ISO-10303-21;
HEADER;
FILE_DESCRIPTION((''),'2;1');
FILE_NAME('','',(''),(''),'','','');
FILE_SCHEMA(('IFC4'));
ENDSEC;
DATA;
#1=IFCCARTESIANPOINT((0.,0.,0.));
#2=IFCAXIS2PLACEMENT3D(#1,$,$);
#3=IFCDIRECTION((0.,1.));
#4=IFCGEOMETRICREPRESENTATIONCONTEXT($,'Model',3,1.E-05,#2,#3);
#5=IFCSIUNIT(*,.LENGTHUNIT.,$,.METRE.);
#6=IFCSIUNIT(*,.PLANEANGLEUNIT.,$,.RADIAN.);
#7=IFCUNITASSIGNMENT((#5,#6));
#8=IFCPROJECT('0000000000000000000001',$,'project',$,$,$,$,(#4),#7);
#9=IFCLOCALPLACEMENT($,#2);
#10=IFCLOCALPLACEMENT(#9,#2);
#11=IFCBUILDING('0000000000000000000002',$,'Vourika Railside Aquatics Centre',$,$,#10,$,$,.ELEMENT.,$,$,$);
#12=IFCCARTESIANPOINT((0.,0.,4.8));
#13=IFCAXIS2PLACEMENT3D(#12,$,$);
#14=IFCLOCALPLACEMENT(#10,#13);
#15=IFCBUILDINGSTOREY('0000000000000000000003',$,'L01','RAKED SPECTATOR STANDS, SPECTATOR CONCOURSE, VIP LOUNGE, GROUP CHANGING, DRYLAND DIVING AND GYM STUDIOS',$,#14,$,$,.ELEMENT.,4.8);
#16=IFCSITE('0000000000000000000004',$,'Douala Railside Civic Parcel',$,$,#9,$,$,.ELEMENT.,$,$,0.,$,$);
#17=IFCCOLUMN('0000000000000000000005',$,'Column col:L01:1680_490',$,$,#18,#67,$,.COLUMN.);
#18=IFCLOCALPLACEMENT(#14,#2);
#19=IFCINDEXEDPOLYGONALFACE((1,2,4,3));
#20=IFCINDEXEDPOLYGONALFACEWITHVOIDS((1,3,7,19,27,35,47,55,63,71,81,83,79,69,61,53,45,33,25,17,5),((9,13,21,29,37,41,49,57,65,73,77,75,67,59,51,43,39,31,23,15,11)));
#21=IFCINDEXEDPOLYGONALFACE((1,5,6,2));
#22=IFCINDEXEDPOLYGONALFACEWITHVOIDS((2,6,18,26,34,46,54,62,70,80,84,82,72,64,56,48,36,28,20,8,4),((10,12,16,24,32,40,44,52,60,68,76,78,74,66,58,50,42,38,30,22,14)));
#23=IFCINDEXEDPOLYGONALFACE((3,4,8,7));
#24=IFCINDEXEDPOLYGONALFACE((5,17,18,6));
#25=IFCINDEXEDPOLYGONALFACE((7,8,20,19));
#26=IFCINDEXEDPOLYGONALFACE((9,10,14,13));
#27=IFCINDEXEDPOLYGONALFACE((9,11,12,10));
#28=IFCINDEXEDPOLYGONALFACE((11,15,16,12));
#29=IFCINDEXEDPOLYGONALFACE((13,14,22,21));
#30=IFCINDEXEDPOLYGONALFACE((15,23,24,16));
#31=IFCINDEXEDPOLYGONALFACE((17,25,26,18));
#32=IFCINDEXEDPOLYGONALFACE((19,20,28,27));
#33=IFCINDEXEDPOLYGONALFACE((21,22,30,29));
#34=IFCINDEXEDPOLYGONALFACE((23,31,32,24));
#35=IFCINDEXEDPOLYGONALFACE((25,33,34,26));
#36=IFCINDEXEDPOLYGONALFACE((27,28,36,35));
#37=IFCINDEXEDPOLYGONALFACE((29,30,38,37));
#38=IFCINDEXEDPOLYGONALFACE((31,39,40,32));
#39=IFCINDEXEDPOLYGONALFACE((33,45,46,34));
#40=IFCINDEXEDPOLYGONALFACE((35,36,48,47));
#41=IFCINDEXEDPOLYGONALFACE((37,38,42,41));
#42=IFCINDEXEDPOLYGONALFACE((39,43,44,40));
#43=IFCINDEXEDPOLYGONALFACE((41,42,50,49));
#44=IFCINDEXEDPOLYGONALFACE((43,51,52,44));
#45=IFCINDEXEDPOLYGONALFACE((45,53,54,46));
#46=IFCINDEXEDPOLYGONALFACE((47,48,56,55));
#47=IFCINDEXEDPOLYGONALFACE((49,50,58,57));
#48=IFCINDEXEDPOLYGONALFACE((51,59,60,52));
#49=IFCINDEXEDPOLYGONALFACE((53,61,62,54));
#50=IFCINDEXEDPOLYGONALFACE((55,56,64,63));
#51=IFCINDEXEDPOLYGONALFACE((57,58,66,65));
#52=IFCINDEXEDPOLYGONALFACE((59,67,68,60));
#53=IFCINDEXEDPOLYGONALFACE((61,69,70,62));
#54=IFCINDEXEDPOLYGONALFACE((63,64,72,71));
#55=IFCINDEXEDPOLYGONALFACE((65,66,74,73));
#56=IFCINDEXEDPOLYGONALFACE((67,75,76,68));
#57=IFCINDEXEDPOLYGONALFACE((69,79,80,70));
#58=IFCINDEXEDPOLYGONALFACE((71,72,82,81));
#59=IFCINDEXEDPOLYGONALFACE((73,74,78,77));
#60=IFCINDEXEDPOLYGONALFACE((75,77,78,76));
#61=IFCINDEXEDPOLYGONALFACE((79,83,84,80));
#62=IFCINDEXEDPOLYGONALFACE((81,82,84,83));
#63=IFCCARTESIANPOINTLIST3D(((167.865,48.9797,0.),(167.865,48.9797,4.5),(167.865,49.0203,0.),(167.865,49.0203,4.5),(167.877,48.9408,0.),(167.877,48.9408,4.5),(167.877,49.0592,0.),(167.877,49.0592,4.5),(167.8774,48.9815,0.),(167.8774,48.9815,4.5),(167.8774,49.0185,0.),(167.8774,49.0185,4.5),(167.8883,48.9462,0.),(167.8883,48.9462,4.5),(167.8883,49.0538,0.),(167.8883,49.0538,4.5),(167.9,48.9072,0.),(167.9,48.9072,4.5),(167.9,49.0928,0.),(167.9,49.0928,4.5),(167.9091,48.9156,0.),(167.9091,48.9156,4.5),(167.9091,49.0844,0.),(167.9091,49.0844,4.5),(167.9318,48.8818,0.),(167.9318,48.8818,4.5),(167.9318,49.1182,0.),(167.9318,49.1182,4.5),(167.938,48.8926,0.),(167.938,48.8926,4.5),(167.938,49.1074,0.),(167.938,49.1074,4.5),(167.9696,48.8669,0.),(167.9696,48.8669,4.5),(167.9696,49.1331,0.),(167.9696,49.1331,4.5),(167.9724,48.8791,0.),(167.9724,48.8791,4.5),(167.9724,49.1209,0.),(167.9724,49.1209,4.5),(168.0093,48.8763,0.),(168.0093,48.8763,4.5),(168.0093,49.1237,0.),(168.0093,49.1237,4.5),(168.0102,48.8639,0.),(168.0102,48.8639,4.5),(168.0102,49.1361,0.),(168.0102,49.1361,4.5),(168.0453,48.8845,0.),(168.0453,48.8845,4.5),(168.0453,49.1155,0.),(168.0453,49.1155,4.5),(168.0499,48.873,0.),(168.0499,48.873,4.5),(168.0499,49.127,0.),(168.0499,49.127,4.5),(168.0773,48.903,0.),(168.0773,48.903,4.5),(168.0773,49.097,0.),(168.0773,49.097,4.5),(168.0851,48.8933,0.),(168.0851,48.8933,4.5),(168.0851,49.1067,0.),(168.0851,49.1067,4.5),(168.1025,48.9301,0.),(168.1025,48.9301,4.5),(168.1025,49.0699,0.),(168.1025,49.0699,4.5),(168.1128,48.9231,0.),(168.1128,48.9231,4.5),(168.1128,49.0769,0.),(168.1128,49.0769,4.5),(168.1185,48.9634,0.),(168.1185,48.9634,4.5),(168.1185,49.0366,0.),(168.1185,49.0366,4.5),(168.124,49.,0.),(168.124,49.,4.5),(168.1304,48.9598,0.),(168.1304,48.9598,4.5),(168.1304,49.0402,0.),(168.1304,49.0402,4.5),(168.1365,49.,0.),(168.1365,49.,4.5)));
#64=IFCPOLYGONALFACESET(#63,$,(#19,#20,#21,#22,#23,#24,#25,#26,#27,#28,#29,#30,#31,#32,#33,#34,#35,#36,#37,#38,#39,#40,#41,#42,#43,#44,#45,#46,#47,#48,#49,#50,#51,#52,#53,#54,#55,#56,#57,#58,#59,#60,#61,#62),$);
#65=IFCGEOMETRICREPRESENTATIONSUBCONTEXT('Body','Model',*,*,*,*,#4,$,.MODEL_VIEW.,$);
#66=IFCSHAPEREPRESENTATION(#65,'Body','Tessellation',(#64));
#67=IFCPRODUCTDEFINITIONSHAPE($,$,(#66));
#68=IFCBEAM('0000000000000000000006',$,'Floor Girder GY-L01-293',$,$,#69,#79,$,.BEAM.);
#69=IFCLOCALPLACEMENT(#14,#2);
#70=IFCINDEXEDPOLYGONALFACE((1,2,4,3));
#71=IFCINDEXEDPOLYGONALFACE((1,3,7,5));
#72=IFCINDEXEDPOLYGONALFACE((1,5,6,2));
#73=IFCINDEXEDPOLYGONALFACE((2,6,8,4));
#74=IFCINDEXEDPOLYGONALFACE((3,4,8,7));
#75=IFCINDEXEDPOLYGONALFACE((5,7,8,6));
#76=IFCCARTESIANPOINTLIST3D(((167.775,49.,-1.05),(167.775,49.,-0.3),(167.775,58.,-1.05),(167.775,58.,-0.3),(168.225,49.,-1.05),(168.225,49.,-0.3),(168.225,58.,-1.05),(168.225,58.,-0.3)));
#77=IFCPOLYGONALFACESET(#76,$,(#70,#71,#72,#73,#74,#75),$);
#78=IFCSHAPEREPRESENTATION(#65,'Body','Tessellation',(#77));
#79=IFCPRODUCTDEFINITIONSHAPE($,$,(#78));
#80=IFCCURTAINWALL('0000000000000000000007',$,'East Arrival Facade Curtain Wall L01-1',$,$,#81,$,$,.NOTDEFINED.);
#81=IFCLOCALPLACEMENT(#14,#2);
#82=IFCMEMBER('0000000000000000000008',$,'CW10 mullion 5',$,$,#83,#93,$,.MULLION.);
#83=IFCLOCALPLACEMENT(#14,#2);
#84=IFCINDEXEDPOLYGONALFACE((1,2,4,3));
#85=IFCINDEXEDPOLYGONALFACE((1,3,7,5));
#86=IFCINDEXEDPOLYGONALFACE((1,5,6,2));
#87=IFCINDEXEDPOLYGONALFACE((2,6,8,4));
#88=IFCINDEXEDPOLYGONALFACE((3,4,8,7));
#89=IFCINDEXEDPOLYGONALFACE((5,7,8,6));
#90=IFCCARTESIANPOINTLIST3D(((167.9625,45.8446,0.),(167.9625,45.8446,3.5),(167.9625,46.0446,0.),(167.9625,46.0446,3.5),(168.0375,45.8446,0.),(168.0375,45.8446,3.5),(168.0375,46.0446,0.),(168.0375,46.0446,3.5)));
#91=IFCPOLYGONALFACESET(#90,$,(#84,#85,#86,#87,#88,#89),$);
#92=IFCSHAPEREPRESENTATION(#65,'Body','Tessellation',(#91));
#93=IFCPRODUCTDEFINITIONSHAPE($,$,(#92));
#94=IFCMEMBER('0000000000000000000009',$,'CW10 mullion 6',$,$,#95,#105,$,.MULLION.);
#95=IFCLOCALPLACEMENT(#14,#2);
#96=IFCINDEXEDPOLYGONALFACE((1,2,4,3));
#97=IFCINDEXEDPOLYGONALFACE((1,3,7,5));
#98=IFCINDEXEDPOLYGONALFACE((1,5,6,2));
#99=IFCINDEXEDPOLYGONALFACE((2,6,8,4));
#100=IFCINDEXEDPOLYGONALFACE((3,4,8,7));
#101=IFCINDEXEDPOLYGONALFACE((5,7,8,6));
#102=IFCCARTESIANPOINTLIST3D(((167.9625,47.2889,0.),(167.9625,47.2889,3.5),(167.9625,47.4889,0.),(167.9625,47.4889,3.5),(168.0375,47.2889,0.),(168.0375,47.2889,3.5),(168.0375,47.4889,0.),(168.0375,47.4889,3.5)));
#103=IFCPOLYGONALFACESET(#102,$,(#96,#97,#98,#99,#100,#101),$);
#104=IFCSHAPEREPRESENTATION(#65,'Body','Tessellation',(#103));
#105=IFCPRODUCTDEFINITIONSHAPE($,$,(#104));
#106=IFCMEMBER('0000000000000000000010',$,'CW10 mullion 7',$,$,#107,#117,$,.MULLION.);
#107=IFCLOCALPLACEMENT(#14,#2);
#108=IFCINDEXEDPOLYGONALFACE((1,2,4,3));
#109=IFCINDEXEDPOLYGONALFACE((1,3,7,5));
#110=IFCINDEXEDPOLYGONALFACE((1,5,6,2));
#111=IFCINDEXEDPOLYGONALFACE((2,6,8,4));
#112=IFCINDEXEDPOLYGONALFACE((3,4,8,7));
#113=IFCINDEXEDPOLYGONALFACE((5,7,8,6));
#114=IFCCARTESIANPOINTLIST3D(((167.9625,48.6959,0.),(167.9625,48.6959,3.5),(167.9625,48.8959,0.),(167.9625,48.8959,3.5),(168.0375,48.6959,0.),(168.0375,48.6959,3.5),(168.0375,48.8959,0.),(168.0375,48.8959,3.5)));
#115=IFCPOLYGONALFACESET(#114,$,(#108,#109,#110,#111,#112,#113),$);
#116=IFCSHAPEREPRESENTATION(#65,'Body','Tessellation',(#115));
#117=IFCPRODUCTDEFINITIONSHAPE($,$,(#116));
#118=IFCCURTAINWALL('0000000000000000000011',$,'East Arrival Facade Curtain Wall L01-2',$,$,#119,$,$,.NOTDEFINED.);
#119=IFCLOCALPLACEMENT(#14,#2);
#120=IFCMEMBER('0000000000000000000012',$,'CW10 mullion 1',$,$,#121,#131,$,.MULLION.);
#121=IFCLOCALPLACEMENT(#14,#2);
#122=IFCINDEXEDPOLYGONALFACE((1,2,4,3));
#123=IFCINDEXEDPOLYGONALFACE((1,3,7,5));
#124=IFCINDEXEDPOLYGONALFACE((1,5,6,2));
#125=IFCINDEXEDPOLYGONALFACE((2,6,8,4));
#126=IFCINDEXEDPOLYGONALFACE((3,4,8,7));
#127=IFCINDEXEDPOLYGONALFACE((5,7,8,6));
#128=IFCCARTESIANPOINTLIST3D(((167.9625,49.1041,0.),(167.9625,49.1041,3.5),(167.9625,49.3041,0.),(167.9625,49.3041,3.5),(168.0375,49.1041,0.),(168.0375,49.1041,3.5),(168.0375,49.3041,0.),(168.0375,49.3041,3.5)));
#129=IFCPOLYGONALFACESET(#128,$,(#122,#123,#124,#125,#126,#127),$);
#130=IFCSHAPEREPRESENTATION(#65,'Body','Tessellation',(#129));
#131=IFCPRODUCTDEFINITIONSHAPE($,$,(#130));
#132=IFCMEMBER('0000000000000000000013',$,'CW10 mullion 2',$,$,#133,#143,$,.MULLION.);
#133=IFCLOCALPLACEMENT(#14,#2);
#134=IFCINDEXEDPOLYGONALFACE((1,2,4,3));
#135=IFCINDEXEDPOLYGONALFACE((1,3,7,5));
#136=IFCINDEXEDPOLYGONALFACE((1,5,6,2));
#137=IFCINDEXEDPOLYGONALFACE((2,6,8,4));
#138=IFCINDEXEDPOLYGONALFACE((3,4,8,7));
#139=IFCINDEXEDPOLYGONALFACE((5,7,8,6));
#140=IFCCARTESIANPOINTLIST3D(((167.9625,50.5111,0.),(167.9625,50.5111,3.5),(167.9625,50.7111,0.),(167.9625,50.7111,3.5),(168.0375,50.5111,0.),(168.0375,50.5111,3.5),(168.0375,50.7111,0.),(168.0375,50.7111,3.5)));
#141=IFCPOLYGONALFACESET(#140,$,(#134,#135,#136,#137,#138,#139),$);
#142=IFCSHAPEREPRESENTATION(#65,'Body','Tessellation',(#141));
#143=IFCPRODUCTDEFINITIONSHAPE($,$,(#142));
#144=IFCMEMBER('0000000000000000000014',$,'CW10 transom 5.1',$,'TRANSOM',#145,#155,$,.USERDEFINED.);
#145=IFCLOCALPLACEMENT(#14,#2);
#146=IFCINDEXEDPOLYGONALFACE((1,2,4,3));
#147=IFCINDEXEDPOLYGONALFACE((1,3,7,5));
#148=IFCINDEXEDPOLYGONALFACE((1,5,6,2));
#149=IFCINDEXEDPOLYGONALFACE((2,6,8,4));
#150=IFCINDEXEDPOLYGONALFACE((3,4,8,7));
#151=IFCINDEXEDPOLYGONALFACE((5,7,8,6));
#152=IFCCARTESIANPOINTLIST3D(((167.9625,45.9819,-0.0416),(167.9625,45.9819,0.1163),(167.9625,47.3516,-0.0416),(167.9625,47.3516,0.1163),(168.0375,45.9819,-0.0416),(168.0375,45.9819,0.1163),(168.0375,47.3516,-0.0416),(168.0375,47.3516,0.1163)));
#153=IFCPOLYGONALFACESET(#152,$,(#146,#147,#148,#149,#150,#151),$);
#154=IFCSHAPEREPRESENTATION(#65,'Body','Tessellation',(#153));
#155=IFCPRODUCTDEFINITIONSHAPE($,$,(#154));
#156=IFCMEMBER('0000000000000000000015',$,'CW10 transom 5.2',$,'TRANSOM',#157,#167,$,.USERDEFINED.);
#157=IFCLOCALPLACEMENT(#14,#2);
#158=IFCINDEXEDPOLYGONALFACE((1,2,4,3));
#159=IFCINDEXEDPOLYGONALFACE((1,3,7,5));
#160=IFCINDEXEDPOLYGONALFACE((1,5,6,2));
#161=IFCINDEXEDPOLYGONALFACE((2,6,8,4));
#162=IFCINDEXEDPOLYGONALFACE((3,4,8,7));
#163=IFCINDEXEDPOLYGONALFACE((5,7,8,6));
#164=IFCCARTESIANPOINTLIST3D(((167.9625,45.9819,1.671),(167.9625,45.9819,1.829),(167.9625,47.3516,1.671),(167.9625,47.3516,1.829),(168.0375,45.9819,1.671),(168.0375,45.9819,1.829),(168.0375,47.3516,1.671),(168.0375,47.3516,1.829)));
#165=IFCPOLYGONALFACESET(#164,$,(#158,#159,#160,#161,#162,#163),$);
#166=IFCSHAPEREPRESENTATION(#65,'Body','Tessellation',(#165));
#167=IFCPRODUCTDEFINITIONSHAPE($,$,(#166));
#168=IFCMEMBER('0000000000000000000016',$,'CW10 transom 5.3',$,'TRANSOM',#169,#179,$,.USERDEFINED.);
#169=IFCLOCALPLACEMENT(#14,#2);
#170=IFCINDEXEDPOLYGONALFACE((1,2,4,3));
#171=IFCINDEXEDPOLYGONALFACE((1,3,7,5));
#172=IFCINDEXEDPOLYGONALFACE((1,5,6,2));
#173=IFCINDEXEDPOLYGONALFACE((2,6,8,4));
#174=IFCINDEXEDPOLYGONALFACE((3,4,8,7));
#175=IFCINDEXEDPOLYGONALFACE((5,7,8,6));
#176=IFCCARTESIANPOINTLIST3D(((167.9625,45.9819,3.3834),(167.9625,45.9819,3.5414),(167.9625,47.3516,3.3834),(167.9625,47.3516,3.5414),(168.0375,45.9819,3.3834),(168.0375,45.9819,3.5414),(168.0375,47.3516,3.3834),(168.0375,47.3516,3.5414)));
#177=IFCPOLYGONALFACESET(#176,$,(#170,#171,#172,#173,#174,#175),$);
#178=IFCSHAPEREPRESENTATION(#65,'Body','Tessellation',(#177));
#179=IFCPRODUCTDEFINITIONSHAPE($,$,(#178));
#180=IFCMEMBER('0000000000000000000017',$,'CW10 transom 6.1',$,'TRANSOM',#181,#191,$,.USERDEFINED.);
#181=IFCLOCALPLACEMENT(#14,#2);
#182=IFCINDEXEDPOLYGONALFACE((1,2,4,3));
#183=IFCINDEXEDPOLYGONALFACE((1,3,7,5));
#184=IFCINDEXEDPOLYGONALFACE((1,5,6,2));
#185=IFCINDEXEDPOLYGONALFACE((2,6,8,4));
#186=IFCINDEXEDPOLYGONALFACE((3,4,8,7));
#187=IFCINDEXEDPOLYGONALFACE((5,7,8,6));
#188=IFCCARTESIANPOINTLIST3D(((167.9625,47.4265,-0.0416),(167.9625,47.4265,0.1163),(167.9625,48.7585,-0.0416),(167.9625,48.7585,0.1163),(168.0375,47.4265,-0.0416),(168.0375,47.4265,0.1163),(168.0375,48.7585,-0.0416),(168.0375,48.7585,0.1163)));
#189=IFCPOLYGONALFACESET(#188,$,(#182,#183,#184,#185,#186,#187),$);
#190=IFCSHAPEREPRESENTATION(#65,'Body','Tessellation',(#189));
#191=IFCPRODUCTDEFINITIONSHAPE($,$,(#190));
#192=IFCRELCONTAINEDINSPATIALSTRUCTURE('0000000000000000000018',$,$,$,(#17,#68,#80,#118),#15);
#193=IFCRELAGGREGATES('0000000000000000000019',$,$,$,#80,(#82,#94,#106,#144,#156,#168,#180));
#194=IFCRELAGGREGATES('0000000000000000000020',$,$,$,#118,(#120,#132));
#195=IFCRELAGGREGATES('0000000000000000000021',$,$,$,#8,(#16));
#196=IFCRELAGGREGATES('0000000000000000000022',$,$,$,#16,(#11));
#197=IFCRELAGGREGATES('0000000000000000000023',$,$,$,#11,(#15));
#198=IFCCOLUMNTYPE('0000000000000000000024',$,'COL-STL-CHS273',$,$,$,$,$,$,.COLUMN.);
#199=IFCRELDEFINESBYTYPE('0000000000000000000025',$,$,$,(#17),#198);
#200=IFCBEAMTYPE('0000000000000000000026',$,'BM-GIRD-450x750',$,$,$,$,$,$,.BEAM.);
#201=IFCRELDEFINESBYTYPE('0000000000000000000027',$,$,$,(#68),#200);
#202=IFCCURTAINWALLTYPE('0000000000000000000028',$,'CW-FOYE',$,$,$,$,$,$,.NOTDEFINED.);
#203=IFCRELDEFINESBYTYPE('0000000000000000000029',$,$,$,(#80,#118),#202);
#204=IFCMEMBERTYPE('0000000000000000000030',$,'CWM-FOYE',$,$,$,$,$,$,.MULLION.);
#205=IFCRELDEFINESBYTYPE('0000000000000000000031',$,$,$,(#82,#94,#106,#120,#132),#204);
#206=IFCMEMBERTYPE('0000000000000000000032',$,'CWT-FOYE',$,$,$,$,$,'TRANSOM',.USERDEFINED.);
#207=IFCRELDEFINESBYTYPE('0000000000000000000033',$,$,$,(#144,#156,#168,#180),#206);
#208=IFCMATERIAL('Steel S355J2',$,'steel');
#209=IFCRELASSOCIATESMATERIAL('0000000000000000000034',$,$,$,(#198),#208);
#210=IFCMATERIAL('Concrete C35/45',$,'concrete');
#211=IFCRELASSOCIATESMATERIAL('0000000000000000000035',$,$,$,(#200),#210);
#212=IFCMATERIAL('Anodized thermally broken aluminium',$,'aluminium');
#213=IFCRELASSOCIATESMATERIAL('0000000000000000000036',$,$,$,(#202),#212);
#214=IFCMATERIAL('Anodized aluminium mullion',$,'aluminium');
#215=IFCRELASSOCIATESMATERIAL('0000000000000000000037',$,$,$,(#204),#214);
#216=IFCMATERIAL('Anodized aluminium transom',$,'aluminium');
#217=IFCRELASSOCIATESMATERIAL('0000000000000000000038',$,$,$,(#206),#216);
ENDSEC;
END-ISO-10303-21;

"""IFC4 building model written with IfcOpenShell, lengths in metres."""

from ifc_helpers import new_model, si_unit, direction, frame, origin, origin_2d, place, context, subcontext, project, spatial, rectangle, hollow_circle, extrude, material, material_profile, profile_set, type_object, element, aggregate, save


model = new_model("IFC4")

# Units and contexts
model_context = context("Model", 3, precision=1e-05, world=origin(), true_north=direction((0.0, 1.0)))
body_context = subcontext(model_context, "Body", "Model", "MODEL_VIEW")
ifc_project = project(units=[si_unit("LENGTHUNIT", "METRE"), si_unit("PLANEANGLEUNIT", "RADIAN")], contexts=[model_context])

# Site, building, storey
site_placement = place(None, origin())
site = spatial("IfcSite", under=ifc_project, at=site_placement, Name="Douala Railside Civic Parcel", CompositionType="ELEMENT", RefElevation=0.0)
building_placement = place(site_placement, origin())
building = spatial("IfcBuilding", under=site, at=building_placement, Name="Vourika Railside Aquatics Centre", CompositionType="ELEMENT")
storey_placement = place(building_placement, frame((0.0, 0.0, 4.8)))
storey = spatial("IfcBuildingStorey", under=building, at=storey_placement, Name="L01", Description="RAKED SPECTATOR STANDS, SPECTATOR CONCOURSE, VIP LOUNGE, GROUP CHANGING, DRYLAND DIVING AND GYM STUDIOS", CompositionType="ELEMENT", Elevation=4.8)

# Column
ifc_material_1 = material(Name="Steel S355J2", Category="steel")
ifc_material_profile_1 = material_profile(ifc_material_1, hollow_circle(Radius=0.1365, WallThickness=0.0125, at=origin_2d()), Name="CHS 273x12.5")
ifc_profile_set_1 = profile_set([ifc_material_profile_1], Name="Steel S355J2")
column_type = type_object("IfcColumnType", Name="COL-STL-CHS273", PredefinedType="COLUMN", material=ifc_profile_set_1)
column_placement = place(storey_placement, frame((168.0, 49.0, 0.0), z_axis=(0.0, 0.0, 1.0), x_axis=(1.0, 0.0, 0.0)))
element("IfcColumn", 1, at=column_placement, inside=storey, type_object=column_type, Name="Column col:L01:1680_490", PredefinedType="COLUMN", context=body_context, shape_type="SweptSolid", body=[
    extrude(hollow_circle(Radius=0.1365, WallThickness=0.0125, at=origin_2d()), origin(), (0.0, 0.0, 1.0), 4.5),
])

# Beam
ifc_material_2 = material(Name="Concrete C35/45", Category="concrete")
ifc_material_profile_2 = material_profile(ifc_material_2, rectangle(XDim=0.45, YDim=0.75, at=origin_2d()), Name="RC 450x750")
ifc_profile_set_2 = profile_set([ifc_material_profile_2], Name="Concrete C35/45")
beam_type = type_object("IfcBeamType", Name="BM-GIRD-450x750", PredefinedType="BEAM", material=ifc_profile_set_2)
beam_placement = place(storey_placement, frame((168.0, 49.0, -0.675), z_axis=(0.0, 1.0, 0.0), x_axis=(-1.0, 0.0, 0.0)))
element("IfcBeam", 2, at=beam_placement, inside=storey, type_object=beam_type, Name="Floor Girder GY-L01-293", PredefinedType="BEAM", context=body_context, shape_type="SweptSolid", body=[
    extrude(rectangle(XDim=0.45, YDim=0.75, at=origin_2d()), origin(), (0.0, 0.0, 1.0), 9.0),
])

# Curtain walls, members
ifc_material_3 = material(Name="Anodized thermally broken aluminium", Category="aluminium")
curtain_wall_type = type_object("IfcCurtainWallType", Name="CW-FOYE", PredefinedType="NOTDEFINED", material=ifc_material_3)
curtain_wall_1_placement = place(storey_placement, origin())
curtain_wall_1 = element("IfcCurtainWall", 3, at=curtain_wall_1_placement, inside=storey, type_object=curtain_wall_type, Name="East Arrival Facade Curtain Wall L01-1", PredefinedType="NOTDEFINED")
ifc_material_4 = material(Name="Anodized aluminium mullion", Category="aluminium")
ifc_material_profile_3 = material_profile(ifc_material_4, rectangle(XDim=0.075, YDim=0.2, at=origin_2d()), Name="ALU-M 75x200")
ifc_profile_set_3 = profile_set([ifc_material_profile_3], Name="Anodized aluminium mullion")
member_type_1 = type_object("IfcMemberType", Name="CWM-FOYE", PredefinedType="MULLION", material=ifc_profile_set_3)
member_1_placement = place(storey_placement, frame((168.0, 45.9446, 0.0), z_axis=(0.0, 0.0, 1.0), x_axis=(-1.0, 0.0, 0.0)))
member_1 = element("IfcMember", 4, at=member_1_placement, type_object=member_type_1, Name="CW10 mullion 5", PredefinedType="MULLION", context=body_context, shape_type="SweptSolid", body=[
    extrude(rectangle(XDim=0.075, YDim=0.2, at=origin_2d()), origin(), (0.0, 0.0, 1.0), 3.5),
])
member_2_placement = place(storey_placement, frame((168.0, 47.3889, 0.0), z_axis=(0.0, 0.0, 1.0), x_axis=(-1.0, 0.0, 0.0)))
member_2 = element("IfcMember", 5, at=member_2_placement, type_object=member_type_1, Name="CW10 mullion 6", PredefinedType="MULLION", context=body_context, shape_type="SweptSolid", body=[
    extrude(rectangle(XDim=0.075, YDim=0.2, at=origin_2d()), origin(), (0.0, 0.0, 1.0), 3.5),
])
member_3_placement = place(storey_placement, frame((168.0, 48.7959, 0.0), z_axis=(0.0, 0.0, 1.0), x_axis=(-1.0, 0.0, 0.0)))
member_3 = element("IfcMember", 6, at=member_3_placement, type_object=member_type_1, Name="CW10 mullion 7", PredefinedType="MULLION", context=body_context, shape_type="SweptSolid", body=[
    extrude(rectangle(XDim=0.075, YDim=0.2, at=origin_2d()), origin(), (0.0, 0.0, 1.0), 3.5),
])
curtain_wall_2_placement = place(storey_placement, origin())
curtain_wall_2 = element("IfcCurtainWall", 7, at=curtain_wall_2_placement, inside=storey, type_object=curtain_wall_type, Name="East Arrival Facade Curtain Wall L01-2", PredefinedType="NOTDEFINED")
member_4_placement = place(storey_placement, frame((168.0, 49.2041, 0.0), z_axis=(0.0, 0.0, 1.0), x_axis=(-1.0, 0.0, 0.0)))
member_4 = element("IfcMember", 8, at=member_4_placement, type_object=member_type_1, Name="CW10 mullion 1", PredefinedType="MULLION", context=body_context, shape_type="SweptSolid", body=[
    extrude(rectangle(XDim=0.075, YDim=0.2, at=origin_2d()), origin(), (0.0, 0.0, 1.0), 3.5),
])
member_5_placement = place(storey_placement, frame((168.0, 50.6111, 0.0), z_axis=(0.0, 0.0, 1.0), x_axis=(-1.0, 0.0, 0.0)))
member_5 = element("IfcMember", 9, at=member_5_placement, type_object=member_type_1, Name="CW10 mullion 2", PredefinedType="MULLION", context=body_context, shape_type="SweptSolid", body=[
    extrude(rectangle(XDim=0.075, YDim=0.2, at=origin_2d()), origin(), (0.0, 0.0, 1.0), 3.5),
])

# Members
ifc_material_5 = material(Name="Anodized aluminium transom", Category="aluminium")
ifc_material_profile_4 = material_profile(ifc_material_5, rectangle(XDim=0.075, YDim=0.158, at=origin_2d()), Name="ALU-T 75x158")
ifc_profile_set_4 = profile_set([ifc_material_profile_4], Name="Anodized aluminium transom")
member_type_2 = type_object("IfcMemberType", Name="CWT-FOYE", ElementType="TRANSOM", PredefinedType="USERDEFINED", material=ifc_profile_set_4)
member_6_placement = place(storey_placement, frame((168.0, 45.9819, 0.0374), z_axis=(0.0, 1.0, 0.0), x_axis=(-1.0, 0.0, 0.0)))
member_6 = element("IfcMember", 10, at=member_6_placement, type_object=member_type_2, Name="CW10 transom 5.1", ObjectType="TRANSOM", PredefinedType="USERDEFINED", context=body_context, shape_type="SweptSolid", body=[
    extrude(rectangle(XDim=0.075, YDim=0.158, at=origin_2d()), origin(), (0.0, 0.0, 1.0), 1.3696),
])
member_7_placement = place(storey_placement, frame((168.0, 45.9819, 1.75), z_axis=(0.0, 1.0, 0.0), x_axis=(-1.0, 0.0, 0.0)))
member_7 = element("IfcMember", 11, at=member_7_placement, type_object=member_type_2, Name="CW10 transom 5.2", ObjectType="TRANSOM", PredefinedType="USERDEFINED", context=body_context, shape_type="SweptSolid", body=[
    extrude(rectangle(XDim=0.075, YDim=0.158, at=origin_2d()), origin(), (0.0, 0.0, 1.0), 1.3696),
])
member_8_placement = place(storey_placement, frame((168.0, 45.9819, 3.4624), z_axis=(0.0, 1.0, 0.0), x_axis=(-1.0, 0.0, 0.0)))
member_8 = element("IfcMember", 12, at=member_8_placement, type_object=member_type_2, Name="CW10 transom 5.3", ObjectType="TRANSOM", PredefinedType="USERDEFINED", context=body_context, shape_type="SweptSolid", body=[
    extrude(rectangle(XDim=0.075, YDim=0.158, at=origin_2d()), origin(), (0.0, 0.0, 1.0), 1.3696),
])
member_9_placement = place(storey_placement, frame((168.0, 47.4265, 0.0374), z_axis=(0.0, 1.0, 0.0), x_axis=(-1.0, 0.0, 0.0)))
member_9 = element("IfcMember", 13, at=member_9_placement, type_object=member_type_2, Name="CW10 transom 6.1", ObjectType="TRANSOM", PredefinedType="USERDEFINED", context=body_context, shape_type="SweptSolid", body=[
    extrude(rectangle(XDim=0.075, YDim=0.158, at=origin_2d()), origin(), (0.0, 0.0, 1.0), 1.332),
])

aggregate(curtain_wall_1, [member_1, member_2, member_3, member_6, member_7, member_8, member_9])
aggregate(curtain_wall_2, [member_4, member_5])

save(model, "model.ifc")
